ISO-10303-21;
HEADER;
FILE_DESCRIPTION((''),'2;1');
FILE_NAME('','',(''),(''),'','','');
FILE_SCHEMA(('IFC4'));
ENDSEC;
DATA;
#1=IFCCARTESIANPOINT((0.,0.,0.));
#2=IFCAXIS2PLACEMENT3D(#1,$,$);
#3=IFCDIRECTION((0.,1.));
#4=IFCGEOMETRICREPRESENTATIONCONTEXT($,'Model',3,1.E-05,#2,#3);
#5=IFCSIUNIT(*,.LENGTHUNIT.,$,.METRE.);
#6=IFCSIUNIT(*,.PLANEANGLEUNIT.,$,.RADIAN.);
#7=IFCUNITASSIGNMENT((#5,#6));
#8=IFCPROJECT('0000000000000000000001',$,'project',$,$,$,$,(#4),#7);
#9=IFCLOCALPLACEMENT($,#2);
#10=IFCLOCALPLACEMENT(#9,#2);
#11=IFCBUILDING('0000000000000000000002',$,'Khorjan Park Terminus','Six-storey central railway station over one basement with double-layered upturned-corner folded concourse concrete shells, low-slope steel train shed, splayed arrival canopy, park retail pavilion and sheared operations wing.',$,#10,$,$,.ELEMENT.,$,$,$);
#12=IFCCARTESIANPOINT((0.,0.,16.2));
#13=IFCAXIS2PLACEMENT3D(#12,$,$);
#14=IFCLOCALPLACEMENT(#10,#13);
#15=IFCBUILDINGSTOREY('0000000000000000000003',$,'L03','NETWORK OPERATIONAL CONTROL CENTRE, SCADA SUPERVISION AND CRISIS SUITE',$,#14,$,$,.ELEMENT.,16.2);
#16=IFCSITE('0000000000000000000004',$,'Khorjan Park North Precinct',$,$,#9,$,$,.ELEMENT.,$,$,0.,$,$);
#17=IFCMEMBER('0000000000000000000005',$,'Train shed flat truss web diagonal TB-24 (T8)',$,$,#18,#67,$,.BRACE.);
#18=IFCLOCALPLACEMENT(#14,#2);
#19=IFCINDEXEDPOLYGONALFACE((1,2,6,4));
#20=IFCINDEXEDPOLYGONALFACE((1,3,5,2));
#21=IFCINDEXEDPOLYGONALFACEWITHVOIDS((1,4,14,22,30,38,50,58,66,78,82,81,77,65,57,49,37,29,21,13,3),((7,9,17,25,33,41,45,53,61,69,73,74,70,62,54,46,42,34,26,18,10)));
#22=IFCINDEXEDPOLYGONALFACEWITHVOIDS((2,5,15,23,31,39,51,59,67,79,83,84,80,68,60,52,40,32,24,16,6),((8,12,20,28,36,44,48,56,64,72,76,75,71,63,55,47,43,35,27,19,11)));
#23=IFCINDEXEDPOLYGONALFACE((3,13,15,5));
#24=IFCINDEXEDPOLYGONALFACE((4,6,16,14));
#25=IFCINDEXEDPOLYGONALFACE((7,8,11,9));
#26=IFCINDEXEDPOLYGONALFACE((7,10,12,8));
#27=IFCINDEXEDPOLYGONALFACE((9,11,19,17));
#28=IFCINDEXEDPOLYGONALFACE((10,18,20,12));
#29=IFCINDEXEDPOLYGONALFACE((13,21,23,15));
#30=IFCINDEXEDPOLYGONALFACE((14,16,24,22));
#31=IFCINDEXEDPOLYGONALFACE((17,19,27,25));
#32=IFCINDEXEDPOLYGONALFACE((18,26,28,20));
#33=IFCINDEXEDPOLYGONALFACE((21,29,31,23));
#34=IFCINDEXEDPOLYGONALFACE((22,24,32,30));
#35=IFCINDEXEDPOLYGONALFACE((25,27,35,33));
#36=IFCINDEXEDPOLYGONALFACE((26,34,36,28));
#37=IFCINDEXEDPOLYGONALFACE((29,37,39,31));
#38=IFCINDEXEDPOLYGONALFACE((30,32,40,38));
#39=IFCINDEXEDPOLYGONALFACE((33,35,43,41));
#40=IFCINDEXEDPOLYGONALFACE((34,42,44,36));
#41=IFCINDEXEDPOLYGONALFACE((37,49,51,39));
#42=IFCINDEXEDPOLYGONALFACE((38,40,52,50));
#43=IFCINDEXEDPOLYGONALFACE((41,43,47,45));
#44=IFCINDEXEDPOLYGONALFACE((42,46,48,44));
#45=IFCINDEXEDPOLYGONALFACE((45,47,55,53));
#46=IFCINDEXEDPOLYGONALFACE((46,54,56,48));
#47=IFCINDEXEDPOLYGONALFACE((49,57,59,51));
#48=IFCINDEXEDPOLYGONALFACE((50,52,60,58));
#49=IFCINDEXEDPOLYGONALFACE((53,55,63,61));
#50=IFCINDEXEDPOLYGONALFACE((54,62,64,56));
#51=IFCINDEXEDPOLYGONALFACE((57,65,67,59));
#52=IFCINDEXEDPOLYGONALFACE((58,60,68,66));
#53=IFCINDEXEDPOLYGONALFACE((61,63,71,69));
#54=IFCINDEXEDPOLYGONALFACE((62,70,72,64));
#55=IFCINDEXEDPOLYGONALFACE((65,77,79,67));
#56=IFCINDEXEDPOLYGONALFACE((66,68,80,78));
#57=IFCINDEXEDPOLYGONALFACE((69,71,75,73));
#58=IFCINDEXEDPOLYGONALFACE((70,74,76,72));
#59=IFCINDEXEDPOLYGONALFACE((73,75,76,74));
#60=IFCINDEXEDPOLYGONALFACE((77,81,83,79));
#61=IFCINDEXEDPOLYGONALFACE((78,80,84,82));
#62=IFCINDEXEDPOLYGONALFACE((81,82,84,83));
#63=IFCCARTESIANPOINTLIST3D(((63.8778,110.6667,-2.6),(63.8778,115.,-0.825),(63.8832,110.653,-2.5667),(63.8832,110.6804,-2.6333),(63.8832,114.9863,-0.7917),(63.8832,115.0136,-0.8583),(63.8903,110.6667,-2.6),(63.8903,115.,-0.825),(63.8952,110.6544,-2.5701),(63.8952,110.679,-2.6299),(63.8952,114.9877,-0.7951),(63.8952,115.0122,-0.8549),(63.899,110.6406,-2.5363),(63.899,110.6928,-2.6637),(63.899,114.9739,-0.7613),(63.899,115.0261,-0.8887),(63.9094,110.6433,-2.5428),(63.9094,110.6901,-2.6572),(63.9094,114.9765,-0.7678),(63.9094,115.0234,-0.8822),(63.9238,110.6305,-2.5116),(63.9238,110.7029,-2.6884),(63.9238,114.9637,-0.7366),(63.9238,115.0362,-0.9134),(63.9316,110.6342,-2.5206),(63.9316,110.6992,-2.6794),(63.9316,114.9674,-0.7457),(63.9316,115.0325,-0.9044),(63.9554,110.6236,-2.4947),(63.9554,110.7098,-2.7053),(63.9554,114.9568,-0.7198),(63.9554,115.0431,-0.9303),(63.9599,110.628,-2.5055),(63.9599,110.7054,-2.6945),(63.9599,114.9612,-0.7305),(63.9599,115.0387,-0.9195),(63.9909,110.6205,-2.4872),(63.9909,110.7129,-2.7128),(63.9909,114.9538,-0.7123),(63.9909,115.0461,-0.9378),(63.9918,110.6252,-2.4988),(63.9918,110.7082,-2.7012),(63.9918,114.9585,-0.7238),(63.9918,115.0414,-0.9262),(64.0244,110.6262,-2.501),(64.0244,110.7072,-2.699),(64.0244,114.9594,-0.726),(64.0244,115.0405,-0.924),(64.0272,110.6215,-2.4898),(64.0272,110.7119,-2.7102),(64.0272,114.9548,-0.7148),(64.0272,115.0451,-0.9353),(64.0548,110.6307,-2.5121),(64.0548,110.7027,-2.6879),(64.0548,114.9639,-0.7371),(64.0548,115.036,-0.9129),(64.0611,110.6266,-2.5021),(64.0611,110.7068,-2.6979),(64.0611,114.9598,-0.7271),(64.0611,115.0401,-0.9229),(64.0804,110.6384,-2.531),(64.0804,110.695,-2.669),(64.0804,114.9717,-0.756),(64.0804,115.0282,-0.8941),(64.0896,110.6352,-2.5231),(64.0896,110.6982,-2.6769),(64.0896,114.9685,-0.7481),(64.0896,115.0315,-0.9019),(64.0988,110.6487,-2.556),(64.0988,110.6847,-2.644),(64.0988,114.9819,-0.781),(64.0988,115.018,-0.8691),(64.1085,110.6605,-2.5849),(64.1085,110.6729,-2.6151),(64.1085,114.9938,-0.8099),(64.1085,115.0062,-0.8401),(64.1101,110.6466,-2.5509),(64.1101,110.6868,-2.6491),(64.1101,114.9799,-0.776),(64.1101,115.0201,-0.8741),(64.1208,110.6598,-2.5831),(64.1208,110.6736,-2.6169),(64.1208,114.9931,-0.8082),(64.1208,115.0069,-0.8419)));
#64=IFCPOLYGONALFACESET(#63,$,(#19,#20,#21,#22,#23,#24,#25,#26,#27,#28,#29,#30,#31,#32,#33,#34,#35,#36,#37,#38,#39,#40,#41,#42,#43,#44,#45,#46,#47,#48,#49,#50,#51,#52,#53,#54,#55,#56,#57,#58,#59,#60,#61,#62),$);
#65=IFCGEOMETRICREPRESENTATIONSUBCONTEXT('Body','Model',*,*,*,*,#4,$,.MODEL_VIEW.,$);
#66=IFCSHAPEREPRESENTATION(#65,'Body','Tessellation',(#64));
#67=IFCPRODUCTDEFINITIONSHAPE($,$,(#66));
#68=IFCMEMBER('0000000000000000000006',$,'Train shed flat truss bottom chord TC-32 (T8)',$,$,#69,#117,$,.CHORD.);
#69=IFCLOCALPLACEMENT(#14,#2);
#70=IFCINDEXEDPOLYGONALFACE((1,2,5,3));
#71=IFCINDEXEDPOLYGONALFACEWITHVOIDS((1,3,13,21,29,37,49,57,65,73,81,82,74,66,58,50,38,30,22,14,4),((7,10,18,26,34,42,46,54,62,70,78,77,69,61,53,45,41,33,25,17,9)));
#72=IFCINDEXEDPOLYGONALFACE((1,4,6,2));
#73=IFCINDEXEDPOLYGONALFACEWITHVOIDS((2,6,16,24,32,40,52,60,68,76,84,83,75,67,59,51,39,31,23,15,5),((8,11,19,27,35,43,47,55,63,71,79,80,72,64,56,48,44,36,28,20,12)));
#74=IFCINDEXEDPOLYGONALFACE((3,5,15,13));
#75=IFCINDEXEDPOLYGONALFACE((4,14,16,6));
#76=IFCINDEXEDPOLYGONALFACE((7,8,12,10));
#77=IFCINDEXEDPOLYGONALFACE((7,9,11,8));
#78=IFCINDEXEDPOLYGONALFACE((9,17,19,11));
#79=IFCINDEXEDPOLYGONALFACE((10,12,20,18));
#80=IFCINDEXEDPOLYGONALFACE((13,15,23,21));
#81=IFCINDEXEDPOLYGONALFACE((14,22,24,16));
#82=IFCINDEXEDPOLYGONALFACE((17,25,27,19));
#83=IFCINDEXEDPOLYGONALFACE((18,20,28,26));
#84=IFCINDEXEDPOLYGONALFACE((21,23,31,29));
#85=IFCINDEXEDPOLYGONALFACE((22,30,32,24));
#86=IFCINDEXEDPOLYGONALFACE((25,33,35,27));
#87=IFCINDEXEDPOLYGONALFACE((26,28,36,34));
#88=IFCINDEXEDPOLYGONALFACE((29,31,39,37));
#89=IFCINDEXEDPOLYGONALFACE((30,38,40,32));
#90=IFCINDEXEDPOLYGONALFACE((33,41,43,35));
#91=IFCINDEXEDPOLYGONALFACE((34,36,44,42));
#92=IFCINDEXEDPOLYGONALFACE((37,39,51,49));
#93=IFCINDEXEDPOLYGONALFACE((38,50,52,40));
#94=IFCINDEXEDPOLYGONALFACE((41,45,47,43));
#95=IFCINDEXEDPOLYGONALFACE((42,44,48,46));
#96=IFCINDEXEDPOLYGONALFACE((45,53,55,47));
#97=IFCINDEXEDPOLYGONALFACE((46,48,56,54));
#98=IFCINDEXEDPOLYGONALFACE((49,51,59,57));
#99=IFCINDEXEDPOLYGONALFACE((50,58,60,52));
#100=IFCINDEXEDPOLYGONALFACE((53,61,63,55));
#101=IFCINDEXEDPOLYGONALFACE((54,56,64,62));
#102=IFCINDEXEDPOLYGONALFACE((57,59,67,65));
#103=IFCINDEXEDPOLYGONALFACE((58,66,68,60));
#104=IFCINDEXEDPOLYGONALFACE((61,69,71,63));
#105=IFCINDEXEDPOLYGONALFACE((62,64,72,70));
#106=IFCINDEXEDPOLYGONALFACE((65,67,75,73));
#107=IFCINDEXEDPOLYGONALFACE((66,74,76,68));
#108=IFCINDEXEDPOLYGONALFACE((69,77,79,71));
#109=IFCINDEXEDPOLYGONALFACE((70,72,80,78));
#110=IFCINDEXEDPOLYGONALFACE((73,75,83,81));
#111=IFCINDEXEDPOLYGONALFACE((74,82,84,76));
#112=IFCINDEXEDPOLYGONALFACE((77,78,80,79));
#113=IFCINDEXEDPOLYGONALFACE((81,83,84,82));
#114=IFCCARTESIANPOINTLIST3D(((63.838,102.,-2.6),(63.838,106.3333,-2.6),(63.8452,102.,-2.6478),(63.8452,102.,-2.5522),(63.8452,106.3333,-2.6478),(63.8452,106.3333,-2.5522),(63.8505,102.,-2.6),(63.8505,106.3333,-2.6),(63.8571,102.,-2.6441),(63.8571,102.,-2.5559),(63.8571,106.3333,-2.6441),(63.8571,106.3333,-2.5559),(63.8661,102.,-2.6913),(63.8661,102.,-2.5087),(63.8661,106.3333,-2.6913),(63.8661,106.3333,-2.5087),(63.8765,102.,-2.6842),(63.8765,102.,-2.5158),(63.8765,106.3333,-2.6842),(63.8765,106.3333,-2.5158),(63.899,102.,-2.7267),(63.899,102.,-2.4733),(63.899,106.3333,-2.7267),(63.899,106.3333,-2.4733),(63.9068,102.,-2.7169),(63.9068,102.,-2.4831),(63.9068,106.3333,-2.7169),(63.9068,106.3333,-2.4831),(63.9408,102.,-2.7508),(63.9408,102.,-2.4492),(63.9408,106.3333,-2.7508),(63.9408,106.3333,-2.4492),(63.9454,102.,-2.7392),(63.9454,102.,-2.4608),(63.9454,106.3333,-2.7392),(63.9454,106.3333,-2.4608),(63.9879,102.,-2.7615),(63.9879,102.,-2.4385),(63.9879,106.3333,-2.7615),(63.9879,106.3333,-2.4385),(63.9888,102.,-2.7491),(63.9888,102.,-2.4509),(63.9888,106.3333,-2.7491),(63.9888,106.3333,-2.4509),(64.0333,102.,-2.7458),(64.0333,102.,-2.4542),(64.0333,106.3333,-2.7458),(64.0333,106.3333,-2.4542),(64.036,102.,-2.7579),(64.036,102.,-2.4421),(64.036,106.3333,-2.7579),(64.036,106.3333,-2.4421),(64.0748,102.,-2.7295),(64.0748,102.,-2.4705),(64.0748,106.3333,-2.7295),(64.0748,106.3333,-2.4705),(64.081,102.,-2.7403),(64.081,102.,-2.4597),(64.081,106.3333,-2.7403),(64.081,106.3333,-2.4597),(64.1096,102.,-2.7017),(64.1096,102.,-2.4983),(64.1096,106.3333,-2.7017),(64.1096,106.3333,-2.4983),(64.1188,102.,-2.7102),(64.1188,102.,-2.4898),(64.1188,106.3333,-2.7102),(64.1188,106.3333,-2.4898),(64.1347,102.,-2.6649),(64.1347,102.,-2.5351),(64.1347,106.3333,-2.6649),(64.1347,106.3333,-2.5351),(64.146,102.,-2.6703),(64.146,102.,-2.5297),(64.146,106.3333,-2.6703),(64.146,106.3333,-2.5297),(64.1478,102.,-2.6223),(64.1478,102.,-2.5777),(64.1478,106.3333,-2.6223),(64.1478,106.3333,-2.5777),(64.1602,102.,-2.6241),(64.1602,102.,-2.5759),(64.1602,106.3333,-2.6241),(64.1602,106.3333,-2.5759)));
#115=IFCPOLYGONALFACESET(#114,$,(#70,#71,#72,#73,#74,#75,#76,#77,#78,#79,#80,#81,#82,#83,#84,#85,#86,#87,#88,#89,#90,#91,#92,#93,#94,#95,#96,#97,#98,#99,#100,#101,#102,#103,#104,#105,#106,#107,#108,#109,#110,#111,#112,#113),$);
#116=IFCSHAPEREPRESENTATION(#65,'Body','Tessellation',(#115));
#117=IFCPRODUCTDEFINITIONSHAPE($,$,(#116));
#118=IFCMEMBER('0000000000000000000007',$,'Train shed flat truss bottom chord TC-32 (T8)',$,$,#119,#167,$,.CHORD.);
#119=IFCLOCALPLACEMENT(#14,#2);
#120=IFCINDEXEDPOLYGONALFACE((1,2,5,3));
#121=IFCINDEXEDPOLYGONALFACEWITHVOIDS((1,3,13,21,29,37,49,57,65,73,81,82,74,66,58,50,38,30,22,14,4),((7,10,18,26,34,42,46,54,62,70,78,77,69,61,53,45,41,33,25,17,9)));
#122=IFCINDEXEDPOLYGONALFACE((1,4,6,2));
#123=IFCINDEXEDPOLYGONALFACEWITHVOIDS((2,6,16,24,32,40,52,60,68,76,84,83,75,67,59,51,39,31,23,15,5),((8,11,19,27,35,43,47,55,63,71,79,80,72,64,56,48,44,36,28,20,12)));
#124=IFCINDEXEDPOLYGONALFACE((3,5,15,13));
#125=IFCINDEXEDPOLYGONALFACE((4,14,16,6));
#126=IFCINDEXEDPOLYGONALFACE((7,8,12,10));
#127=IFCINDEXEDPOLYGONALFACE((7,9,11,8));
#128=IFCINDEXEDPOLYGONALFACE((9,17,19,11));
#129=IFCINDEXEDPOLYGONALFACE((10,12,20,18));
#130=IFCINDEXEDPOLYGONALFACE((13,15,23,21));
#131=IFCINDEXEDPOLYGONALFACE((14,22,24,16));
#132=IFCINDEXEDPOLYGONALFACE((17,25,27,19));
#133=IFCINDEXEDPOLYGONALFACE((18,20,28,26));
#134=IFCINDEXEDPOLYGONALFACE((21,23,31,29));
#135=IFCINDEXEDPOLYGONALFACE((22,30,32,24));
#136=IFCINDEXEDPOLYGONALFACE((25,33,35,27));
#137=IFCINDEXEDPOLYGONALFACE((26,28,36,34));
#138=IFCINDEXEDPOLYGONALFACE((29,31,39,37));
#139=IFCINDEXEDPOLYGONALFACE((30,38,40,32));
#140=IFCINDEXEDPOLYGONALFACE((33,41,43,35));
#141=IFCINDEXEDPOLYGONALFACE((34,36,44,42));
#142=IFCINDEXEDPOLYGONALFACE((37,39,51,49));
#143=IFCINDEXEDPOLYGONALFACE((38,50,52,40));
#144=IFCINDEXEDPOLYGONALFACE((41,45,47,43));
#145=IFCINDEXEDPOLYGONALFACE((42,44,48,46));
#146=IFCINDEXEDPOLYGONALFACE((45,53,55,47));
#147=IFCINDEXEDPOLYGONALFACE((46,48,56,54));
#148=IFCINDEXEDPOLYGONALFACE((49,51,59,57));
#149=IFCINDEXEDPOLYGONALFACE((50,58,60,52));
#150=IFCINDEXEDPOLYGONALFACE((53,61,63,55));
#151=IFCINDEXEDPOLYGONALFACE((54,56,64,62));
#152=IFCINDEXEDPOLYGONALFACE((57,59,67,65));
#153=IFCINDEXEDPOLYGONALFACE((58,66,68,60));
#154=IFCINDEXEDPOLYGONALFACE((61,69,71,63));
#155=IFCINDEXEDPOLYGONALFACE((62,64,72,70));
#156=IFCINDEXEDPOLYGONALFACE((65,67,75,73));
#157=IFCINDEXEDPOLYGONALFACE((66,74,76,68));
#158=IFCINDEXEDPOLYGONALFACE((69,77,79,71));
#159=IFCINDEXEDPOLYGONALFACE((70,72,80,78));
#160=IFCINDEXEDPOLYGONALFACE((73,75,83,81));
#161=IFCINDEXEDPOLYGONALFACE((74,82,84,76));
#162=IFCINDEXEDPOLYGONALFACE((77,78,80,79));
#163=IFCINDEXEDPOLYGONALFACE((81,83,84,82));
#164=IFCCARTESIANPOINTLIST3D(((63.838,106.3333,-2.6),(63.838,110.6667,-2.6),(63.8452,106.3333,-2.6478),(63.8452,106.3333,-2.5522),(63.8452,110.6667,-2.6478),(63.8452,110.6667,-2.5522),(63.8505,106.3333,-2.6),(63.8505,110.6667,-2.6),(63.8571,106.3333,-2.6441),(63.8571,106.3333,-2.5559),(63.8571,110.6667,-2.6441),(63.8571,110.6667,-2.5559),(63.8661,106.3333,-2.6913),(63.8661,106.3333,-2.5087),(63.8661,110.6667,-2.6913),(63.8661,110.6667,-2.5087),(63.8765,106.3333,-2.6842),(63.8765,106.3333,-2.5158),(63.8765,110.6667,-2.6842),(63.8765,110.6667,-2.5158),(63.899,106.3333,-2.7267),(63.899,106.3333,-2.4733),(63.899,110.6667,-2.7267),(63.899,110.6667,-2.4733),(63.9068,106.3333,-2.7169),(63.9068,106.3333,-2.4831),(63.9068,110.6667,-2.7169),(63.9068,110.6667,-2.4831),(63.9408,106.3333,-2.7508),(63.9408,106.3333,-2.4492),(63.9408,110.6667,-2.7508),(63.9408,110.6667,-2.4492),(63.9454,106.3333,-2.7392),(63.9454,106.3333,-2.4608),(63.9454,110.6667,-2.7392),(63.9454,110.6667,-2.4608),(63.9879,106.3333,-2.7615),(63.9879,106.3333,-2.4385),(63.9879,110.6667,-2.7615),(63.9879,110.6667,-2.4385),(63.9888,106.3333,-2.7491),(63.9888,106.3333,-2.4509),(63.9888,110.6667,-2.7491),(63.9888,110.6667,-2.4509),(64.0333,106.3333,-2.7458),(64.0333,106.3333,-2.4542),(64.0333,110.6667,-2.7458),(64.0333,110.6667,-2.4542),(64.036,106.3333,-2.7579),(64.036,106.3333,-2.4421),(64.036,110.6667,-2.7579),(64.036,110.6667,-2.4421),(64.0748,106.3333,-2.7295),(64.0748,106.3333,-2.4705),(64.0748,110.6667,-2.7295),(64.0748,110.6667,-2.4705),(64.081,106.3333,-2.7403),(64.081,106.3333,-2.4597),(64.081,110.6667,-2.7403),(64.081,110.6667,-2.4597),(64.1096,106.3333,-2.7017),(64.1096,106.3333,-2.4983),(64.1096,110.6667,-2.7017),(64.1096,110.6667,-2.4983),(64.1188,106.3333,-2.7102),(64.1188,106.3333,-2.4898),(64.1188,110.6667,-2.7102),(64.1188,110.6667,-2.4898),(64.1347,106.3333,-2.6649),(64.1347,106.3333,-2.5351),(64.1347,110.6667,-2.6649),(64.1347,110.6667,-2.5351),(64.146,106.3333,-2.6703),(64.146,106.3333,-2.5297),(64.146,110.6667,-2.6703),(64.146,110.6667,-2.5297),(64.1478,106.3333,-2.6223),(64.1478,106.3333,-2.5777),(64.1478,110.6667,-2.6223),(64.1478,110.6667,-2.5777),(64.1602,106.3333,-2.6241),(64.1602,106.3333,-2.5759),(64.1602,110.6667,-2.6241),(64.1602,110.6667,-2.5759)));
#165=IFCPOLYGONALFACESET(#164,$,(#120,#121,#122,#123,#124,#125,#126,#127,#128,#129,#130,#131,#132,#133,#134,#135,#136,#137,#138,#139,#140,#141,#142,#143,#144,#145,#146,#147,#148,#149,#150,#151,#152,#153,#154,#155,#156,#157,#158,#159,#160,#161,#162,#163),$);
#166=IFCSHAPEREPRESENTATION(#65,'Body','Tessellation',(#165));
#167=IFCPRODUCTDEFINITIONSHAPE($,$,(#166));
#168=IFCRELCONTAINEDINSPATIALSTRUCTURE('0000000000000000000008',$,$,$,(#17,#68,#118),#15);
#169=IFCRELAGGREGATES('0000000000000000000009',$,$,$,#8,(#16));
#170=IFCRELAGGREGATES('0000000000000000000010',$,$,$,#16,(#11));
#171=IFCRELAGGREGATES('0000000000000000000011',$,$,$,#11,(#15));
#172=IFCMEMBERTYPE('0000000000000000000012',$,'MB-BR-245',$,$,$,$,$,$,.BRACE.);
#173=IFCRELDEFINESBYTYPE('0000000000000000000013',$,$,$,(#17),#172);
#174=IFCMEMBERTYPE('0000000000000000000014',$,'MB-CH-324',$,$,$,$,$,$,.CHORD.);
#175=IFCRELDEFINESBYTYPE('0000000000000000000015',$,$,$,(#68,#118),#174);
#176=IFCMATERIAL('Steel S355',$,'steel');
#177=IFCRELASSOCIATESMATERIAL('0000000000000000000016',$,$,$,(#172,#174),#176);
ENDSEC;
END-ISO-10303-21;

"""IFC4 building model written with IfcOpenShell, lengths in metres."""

from ifc_helpers import new_model, si_unit, direction, frame, origin, origin_2d, place, context, subcontext, project, spatial, hollow_circle, extrude, material, material_profile, profile_set, type_object, element, save


model = new_model("IFC4")

# Units and contexts
model_context = context("Model", 3, precision=1e-05, world=origin(), true_north=direction((0.0, 1.0)))
body_context = subcontext(model_context, "Body", "Model", "MODEL_VIEW")
ifc_project = project(units=[si_unit("LENGTHUNIT", "METRE"), si_unit("PLANEANGLEUNIT", "RADIAN")], contexts=[model_context])

# Site, building, storey
site_placement = place(None, origin())
site = spatial("IfcSite", under=ifc_project, at=site_placement, Name="Khorjan Park North Precinct", CompositionType="ELEMENT", RefElevation=0.0)
building_placement = place(site_placement, origin())
building = spatial("IfcBuilding", under=site, at=building_placement, Name="Khorjan Park Terminus", Description="Six-storey central railway station over one basement with double-layered upturned-corner folded concourse concrete shells, low-slope steel train shed, splayed arrival canopy, park retail pavilion and sheared operations wing.", CompositionType="ELEMENT")
storey_placement = place(building_placement, frame((0.0, 0.0, 16.2)))
storey = spatial("IfcBuildingStorey", under=building, at=storey_placement, Name="L03", Description="NETWORK OPERATIONAL CONTROL CENTRE, SCADA SUPERVISION AND CRISIS SUITE", CompositionType="ELEMENT", Elevation=16.2)

# Members
ifc_material_1 = material(Name="Steel S355", Category="steel")
ifc_material_profile_1 = material_profile(ifc_material_1, hollow_circle(Radius=0.1222, WallThickness=0.0125, at=origin_2d()), Name="CHS 244.5x12.5")
ifc_profile_set_1 = profile_set([ifc_material_profile_1], Name="Steel S355")
member_type_1 = type_object("IfcMemberType", Name="MB-BR-245", PredefinedType="BRACE", material=ifc_profile_set_1)
member_1_placement = place(storey_placement, frame((64.0, 110.6667, -2.6), z_axis=(0.0, 0.925376, 0.379051), x_axis=(-1.0, 0.0, 0.0)))
element("IfcMember", 1, at=member_1_placement, inside=storey, type_object=member_type_1, Name="Train shed flat truss web diagonal TB-24 (T8)", PredefinedType="BRACE", context=body_context, shape_type="SweptSolid", body=[
    extrude(hollow_circle(Radius=0.1222, WallThickness=0.0125, at=origin_2d()), origin(), (0.0, 0.0, 1.0), 4.6827),
])
ifc_material_profile_2 = material_profile(ifc_material_1, hollow_circle(Radius=0.162, WallThickness=0.0125, at=origin_2d()), Name="CHS 323.9x12.5")
ifc_profile_set_2 = profile_set([ifc_material_profile_2], Name="Steel S355")
member_type_2 = type_object("IfcMemberType", Name="MB-CH-324", PredefinedType="CHORD", material=ifc_profile_set_2)
member_2_placement = place(storey_placement, frame((64.0, 102.0, -2.6), z_axis=(0.0, 1.0, 0.0), x_axis=(-1.0, 0.0, 0.0)))
element("IfcMember", 2, at=member_2_placement, inside=storey, type_object=member_type_2, Name="Train shed flat truss bottom chord TC-32 (T8)", PredefinedType="CHORD", context=body_context, shape_type="SweptSolid", body=[
    extrude(hollow_circle(Radius=0.162, WallThickness=0.0125, at=origin_2d()), origin(), (0.0, 0.0, 1.0), 4.3333),
])
member_3_placement = place(storey_placement, frame((64.0, 106.3333, -2.6), z_axis=(0.0, 1.0, 0.0), x_axis=(-1.0, 0.0, 0.0)))
element("IfcMember", 3, at=member_3_placement, inside=storey, type_object=member_type_2, Name="Train shed flat truss bottom chord TC-32 (T8)", PredefinedType="CHORD", context=body_context, shape_type="SweptSolid", body=[
    extrude(hollow_circle(Radius=0.162, WallThickness=0.0125, at=origin_2d()), origin(), (0.0, 0.0, 1.0), 4.3334),
])

save(model, "model.ifc")
